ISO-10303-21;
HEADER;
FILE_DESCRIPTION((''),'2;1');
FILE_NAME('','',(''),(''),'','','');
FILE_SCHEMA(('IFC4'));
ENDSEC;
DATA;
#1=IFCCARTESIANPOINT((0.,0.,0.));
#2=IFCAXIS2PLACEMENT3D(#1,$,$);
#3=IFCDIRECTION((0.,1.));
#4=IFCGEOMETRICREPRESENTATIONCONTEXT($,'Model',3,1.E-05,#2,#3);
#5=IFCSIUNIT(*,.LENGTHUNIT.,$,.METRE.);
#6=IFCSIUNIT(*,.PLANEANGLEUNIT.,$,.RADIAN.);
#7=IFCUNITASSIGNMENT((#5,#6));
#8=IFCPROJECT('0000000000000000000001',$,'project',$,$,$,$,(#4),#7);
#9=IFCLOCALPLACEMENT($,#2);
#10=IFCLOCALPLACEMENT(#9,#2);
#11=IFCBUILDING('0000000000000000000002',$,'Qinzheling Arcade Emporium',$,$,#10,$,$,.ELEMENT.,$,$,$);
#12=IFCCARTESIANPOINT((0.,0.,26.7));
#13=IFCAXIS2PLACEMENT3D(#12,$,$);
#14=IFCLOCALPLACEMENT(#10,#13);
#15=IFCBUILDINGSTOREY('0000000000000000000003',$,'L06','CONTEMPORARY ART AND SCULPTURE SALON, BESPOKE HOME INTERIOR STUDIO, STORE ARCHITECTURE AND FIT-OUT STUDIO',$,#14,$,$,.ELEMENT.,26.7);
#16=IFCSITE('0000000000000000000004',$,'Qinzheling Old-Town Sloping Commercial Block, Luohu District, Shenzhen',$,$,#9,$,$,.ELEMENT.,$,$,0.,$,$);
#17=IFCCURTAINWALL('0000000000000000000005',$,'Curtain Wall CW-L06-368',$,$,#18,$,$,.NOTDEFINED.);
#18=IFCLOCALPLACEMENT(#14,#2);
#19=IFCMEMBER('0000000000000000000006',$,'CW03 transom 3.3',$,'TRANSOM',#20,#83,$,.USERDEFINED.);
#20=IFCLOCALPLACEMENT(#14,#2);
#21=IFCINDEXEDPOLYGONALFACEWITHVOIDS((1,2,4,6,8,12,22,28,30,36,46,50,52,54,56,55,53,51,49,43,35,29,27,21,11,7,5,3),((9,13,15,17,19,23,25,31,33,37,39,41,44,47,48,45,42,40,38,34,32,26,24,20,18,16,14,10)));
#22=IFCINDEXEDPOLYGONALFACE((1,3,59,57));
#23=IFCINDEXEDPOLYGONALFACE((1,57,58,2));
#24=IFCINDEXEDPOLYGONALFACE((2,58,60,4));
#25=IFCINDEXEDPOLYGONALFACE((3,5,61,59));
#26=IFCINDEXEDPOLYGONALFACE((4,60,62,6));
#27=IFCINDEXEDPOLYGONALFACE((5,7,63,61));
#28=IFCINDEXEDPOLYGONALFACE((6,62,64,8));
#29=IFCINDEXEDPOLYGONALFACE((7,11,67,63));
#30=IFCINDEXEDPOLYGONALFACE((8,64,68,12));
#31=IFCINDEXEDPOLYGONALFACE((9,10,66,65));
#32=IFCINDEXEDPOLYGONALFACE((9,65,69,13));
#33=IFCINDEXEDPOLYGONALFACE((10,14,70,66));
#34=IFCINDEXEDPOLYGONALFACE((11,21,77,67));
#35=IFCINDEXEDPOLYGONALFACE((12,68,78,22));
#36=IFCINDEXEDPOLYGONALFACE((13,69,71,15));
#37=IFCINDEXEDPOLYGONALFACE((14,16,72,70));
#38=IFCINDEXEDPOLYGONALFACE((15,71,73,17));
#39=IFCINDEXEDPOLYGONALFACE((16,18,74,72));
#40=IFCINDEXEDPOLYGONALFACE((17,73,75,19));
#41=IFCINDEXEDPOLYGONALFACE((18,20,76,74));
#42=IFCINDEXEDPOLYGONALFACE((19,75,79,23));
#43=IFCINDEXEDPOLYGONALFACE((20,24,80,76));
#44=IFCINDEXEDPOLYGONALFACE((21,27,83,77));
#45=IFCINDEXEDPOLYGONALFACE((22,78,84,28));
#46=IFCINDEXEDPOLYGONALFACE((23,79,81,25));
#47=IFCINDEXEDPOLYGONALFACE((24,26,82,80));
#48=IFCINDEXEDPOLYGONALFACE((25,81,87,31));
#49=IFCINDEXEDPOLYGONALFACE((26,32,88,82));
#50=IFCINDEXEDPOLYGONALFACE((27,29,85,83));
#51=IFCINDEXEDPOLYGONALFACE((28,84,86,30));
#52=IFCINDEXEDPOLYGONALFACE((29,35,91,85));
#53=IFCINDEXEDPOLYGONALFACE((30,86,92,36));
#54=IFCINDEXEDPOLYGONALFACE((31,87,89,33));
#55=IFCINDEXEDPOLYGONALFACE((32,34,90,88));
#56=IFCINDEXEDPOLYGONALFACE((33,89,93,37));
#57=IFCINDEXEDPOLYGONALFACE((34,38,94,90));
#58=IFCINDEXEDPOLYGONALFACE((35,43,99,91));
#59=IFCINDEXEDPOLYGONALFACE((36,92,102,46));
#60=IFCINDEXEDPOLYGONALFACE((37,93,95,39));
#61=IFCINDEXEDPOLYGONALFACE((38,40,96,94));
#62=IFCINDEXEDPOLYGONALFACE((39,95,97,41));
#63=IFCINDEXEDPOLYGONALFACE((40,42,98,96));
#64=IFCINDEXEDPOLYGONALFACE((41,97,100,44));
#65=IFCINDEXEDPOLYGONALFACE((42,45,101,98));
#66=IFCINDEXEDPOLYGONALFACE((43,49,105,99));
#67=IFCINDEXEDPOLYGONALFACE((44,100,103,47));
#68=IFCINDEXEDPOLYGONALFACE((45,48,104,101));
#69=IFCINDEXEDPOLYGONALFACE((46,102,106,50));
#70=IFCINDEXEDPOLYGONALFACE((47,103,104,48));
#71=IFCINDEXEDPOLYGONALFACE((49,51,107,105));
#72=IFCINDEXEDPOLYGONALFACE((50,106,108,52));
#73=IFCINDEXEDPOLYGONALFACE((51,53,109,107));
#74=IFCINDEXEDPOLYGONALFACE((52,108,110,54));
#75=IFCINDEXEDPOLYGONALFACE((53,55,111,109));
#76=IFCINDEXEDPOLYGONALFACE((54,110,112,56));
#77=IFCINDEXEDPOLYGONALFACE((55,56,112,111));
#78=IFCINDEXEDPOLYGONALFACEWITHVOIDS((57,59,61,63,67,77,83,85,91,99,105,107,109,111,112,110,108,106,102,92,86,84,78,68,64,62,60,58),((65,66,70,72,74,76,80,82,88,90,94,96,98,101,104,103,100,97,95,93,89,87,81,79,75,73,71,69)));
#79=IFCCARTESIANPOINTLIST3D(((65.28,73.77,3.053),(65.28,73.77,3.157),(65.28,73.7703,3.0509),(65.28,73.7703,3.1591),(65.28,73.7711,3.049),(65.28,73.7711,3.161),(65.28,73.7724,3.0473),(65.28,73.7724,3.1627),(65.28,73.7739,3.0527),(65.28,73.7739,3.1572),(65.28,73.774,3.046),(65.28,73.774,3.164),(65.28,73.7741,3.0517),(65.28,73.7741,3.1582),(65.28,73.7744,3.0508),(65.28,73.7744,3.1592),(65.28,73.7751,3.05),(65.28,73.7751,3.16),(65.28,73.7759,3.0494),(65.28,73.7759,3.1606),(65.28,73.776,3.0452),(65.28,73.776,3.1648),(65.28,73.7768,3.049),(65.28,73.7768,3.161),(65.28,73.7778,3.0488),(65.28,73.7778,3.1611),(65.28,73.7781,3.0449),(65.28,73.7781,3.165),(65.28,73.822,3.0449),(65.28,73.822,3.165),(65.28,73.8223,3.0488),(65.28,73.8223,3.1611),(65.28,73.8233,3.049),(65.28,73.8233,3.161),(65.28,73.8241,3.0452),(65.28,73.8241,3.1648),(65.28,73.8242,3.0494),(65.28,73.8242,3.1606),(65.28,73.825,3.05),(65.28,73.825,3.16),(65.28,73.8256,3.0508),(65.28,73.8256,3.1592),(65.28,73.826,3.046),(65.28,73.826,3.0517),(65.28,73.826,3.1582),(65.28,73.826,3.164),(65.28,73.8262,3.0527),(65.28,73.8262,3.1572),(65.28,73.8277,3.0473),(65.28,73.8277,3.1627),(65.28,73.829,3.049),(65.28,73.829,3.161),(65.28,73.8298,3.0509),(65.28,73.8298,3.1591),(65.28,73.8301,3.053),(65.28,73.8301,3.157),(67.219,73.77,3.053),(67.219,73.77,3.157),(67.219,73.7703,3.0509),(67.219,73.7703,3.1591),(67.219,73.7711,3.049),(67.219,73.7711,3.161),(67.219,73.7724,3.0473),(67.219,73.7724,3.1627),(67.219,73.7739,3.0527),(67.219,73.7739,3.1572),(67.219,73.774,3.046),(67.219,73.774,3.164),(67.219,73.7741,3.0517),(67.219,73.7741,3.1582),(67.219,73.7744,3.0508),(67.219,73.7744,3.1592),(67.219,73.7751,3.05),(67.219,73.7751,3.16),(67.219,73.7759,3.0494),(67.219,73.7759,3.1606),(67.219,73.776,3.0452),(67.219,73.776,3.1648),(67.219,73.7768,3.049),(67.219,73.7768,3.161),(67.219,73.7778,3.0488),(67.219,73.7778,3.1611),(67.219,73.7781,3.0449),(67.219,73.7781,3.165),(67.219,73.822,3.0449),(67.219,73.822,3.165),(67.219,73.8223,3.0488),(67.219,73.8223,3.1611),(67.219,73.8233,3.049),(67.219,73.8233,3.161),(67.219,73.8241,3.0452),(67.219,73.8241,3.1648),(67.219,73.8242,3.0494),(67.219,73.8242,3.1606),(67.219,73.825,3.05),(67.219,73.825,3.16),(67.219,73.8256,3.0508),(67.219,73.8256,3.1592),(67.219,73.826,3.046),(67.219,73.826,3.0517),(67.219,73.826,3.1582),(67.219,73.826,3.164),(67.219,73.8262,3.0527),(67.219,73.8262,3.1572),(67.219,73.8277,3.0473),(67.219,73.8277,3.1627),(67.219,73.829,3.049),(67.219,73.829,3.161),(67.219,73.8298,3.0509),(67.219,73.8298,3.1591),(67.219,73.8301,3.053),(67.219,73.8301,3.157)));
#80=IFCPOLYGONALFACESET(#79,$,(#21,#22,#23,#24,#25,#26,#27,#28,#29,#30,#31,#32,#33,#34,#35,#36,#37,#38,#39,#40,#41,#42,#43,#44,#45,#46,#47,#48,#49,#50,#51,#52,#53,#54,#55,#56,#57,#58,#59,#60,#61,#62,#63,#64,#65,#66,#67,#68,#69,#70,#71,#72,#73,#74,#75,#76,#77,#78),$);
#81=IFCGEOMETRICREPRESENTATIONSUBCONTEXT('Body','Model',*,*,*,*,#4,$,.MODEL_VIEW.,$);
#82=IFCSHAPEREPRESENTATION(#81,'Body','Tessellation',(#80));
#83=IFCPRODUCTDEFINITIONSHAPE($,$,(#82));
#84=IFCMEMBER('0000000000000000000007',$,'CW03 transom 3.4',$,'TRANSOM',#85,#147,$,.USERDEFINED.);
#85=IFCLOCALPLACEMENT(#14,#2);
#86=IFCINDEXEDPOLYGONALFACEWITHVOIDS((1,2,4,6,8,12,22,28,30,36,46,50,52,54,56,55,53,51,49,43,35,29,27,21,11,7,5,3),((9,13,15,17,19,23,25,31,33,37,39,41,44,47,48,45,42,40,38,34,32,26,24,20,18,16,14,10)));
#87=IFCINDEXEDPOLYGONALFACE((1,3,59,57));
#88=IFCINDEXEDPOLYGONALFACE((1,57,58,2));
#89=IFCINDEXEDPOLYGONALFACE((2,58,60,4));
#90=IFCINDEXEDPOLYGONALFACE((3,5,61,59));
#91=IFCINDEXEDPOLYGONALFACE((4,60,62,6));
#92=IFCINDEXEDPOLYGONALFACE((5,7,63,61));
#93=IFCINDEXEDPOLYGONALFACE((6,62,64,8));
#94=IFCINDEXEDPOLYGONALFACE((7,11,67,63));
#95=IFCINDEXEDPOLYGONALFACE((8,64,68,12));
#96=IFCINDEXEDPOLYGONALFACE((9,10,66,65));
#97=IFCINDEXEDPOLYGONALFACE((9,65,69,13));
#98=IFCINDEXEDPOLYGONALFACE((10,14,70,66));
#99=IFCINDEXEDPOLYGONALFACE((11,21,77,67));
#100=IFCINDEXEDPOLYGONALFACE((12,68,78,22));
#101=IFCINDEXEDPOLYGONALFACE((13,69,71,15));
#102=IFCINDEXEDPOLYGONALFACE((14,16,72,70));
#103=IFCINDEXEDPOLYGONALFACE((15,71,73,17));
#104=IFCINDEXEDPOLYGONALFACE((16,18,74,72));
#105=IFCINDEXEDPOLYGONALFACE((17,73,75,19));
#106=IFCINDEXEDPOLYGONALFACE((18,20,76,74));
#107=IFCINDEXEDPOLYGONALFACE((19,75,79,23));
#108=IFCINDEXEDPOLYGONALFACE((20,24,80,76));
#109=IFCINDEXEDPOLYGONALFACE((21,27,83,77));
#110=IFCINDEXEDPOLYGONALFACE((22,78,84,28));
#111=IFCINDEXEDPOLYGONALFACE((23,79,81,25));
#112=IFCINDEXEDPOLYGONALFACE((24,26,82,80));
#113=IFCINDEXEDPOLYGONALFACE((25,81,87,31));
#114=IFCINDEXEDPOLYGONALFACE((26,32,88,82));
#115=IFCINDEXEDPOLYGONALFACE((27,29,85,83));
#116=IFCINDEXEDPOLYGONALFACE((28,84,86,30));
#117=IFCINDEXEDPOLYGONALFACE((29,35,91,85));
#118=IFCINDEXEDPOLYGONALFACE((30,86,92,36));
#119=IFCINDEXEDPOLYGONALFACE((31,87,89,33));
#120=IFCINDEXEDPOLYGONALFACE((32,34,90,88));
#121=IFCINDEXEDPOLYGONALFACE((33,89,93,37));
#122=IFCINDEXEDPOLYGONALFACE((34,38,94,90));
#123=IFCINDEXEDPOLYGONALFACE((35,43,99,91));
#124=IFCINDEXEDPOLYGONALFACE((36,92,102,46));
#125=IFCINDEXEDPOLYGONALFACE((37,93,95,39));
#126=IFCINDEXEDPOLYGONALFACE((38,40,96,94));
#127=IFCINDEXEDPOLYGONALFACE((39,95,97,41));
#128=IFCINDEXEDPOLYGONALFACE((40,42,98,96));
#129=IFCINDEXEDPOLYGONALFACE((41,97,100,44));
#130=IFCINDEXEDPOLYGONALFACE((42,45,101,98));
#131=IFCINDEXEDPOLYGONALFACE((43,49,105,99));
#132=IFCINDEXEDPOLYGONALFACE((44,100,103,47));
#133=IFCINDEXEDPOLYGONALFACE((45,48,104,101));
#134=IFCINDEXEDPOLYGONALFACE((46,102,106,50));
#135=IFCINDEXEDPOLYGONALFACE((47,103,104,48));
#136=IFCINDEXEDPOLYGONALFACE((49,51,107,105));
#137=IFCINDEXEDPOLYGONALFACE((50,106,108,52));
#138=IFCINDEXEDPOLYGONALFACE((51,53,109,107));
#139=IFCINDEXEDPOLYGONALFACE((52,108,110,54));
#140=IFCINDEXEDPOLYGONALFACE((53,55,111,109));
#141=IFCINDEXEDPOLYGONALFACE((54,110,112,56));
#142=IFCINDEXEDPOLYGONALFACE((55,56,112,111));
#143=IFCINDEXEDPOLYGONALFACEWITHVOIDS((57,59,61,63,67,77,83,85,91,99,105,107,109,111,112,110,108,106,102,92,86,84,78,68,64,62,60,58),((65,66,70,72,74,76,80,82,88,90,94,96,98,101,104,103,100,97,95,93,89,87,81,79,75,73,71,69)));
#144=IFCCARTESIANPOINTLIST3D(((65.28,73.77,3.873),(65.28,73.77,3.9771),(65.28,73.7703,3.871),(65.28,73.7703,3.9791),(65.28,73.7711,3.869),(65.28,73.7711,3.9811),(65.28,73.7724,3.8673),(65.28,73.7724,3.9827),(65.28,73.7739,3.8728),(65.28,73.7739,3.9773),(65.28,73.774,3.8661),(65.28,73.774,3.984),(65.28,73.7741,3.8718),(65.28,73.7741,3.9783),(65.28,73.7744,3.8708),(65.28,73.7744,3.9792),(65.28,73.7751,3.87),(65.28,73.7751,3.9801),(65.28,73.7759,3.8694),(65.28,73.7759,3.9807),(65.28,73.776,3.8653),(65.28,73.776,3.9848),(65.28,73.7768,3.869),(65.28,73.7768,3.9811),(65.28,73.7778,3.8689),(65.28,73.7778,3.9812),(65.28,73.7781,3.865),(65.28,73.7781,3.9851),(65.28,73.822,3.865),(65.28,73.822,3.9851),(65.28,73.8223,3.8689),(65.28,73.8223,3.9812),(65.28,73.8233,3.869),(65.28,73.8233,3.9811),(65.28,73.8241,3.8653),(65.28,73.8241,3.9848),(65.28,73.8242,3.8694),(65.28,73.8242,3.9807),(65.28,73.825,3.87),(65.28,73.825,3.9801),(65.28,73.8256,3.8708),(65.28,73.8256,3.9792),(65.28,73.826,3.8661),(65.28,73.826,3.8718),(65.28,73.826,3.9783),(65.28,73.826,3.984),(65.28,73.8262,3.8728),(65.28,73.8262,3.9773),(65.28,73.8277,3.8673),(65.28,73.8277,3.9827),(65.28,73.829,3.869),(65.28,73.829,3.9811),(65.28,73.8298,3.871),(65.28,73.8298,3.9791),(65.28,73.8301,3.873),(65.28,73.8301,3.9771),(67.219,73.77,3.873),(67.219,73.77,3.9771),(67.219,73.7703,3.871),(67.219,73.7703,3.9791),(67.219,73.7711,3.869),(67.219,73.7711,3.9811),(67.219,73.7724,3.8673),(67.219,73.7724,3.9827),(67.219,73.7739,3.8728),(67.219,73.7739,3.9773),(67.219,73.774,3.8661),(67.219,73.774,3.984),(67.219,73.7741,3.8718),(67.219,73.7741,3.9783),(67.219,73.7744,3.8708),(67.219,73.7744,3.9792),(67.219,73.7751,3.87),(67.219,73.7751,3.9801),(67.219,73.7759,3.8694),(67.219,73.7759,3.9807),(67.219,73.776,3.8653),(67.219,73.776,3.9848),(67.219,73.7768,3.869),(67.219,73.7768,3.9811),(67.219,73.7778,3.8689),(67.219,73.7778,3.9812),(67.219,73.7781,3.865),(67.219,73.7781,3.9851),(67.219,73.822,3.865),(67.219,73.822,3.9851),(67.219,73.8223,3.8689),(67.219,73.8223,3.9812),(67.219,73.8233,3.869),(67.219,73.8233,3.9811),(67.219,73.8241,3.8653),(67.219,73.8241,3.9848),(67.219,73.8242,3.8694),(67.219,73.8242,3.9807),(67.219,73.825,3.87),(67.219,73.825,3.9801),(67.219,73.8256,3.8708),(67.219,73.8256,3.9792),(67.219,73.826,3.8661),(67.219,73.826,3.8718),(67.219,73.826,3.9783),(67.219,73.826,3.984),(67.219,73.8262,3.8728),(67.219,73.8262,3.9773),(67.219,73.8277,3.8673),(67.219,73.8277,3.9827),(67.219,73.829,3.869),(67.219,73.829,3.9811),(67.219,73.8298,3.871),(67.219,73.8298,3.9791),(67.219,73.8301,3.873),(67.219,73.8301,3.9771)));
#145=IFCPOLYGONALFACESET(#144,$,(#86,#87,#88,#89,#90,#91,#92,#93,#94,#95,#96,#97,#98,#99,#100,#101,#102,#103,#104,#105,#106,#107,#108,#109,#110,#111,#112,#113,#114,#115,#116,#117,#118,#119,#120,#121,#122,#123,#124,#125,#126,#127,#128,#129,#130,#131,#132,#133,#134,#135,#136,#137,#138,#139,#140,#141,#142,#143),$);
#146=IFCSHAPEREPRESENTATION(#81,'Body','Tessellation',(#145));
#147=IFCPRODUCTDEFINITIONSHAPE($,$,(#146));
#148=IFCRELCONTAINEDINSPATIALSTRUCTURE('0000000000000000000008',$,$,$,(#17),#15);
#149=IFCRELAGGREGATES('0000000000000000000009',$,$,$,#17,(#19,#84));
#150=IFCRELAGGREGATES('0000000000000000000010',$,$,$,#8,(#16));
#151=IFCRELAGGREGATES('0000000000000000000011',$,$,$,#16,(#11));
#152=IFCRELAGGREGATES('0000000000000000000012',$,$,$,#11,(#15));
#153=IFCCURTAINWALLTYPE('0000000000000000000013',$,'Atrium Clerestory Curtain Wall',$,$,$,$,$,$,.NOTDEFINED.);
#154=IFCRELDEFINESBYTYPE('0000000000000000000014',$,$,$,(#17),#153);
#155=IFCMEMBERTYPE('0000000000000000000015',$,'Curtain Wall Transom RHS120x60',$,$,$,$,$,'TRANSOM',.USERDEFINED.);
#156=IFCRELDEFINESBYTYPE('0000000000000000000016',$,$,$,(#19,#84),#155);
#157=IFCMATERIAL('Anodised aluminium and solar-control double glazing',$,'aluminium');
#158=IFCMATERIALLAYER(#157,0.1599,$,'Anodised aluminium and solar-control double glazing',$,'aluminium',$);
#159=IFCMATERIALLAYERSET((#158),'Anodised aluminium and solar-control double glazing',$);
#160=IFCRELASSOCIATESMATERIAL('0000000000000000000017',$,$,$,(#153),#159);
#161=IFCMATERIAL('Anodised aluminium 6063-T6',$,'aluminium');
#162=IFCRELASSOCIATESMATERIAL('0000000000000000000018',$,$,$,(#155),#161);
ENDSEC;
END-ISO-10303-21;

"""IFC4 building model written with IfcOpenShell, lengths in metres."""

from ifc_helpers import new_model, si_unit, direction, frame, origin, origin_2d, place, context, subcontext, project, spatial, hollow_rectangle, extrude, material, layer, layer_set, material_profile, profile_set, type_object, element, aggregate, save


model = new_model("IFC4")

# Units and contexts
model_context = context("Model", 3, precision=1e-05, world=origin(), true_north=direction((0.0, 1.0)))
body_context = subcontext(model_context, "Body", "Model", "MODEL_VIEW")
ifc_project = project(units=[si_unit("LENGTHUNIT", "METRE"), si_unit("PLANEANGLEUNIT", "RADIAN")], contexts=[model_context])

# Site, building, storey
site_placement = place(None, origin())
site = spatial("IfcSite", under=ifc_project, at=site_placement, Name="Qinzheling Old-Town Sloping Commercial Block, Luohu District, Shenzhen", CompositionType="ELEMENT", RefElevation=0.0)
building_placement = place(site_placement, origin())
building = spatial("IfcBuilding", under=site, at=building_placement, Name="Qinzheling Arcade Emporium", CompositionType="ELEMENT")
storey_placement = place(building_placement, frame((0.0, 0.0, 26.7)))
storey = spatial("IfcBuildingStorey", under=building, at=storey_placement, Name="L06", Description="CONTEMPORARY ART AND SCULPTURE SALON, BESPOKE HOME INTERIOR STUDIO, STORE ARCHITECTURE AND FIT-OUT STUDIO", CompositionType="ELEMENT", Elevation=26.7)

# Curtain wall, members
ifc_material_1 = material(Name="Anodised aluminium and solar-control double glazing", Category="aluminium")
ifc_layer_1 = layer(ifc_material_1, 0.1599, Name="Anodised aluminium and solar-control double glazing", Category="aluminium")
ifc_layer_set_1 = layer_set([ifc_layer_1], Name="Anodised aluminium and solar-control double glazing")
curtain_wall_type = type_object("IfcCurtainWallType", Name="Atrium Clerestory Curtain Wall", PredefinedType="NOTDEFINED", material=ifc_layer_set_1)
curtain_wall_placement = place(storey_placement, origin())
curtain_wall = element("IfcCurtainWall", 1, at=curtain_wall_placement, inside=storey, type_object=curtain_wall_type, Name="Curtain Wall CW-L06-368", PredefinedType="NOTDEFINED")
ifc_material_2 = material(Name="Anodised aluminium 6063-T6", Category="aluminium")
ifc_material_profile_1 = material_profile(ifc_material_2, hollow_rectangle(XDim=0.0601, YDim=0.1201, WallThickness=0.0039, InnerFilletRadius=0.0039, OuterFilletRadius=0.0081, at=origin_2d()), Name="RHS 120x60x4", Category="aluminium")
ifc_profile_set_1 = profile_set([ifc_material_profile_1], Name="Anodised aluminium 6063-T6")
member_type_1 = type_object("IfcMemberType", Name="Curtain Wall Transom RHS120x60", ElementType="TRANSOM", PredefinedType="USERDEFINED", material=ifc_profile_set_1)
member_1_placement = place(storey_placement, frame((65.28, 73.8, 3.105), z_axis=(1.0, 0.0, 0.0), x_axis=(0.0, 1.0, 0.0)))
member_1 = element("IfcMember", 2, at=member_1_placement, type_object=member_type_1, Name="CW03 transom 3.3", ObjectType="TRANSOM", PredefinedType="USERDEFINED", context=body_context, shape_type="SweptSolid", body=[
    extrude(hollow_rectangle(XDim=0.0601, YDim=0.1201, WallThickness=0.0039, InnerFilletRadius=0.0039, OuterFilletRadius=0.0081, at=origin_2d()), origin(), (0.0, 0.0, 1.0), 1.939),
])
member_2_placement = place(storey_placement, frame((65.28, 73.8, 3.925), z_axis=(1.0, 0.0, 0.0), x_axis=(0.0, 1.0, 0.0)))
member_2 = element("IfcMember", 3, at=member_2_placement, type_object=member_type_1, Name="CW03 transom 3.4", ObjectType="TRANSOM", PredefinedType="USERDEFINED", context=body_context, shape_type="SweptSolid", body=[
    extrude(hollow_rectangle(XDim=0.0601, YDim=0.1201, WallThickness=0.0039, InnerFilletRadius=0.0039, OuterFilletRadius=0.0081, at=origin_2d()), origin(), (0.0, 0.0, 1.0), 1.939),
])
aggregate(curtain_wall, [member_1, member_2])

save(model, "model.ifc")
